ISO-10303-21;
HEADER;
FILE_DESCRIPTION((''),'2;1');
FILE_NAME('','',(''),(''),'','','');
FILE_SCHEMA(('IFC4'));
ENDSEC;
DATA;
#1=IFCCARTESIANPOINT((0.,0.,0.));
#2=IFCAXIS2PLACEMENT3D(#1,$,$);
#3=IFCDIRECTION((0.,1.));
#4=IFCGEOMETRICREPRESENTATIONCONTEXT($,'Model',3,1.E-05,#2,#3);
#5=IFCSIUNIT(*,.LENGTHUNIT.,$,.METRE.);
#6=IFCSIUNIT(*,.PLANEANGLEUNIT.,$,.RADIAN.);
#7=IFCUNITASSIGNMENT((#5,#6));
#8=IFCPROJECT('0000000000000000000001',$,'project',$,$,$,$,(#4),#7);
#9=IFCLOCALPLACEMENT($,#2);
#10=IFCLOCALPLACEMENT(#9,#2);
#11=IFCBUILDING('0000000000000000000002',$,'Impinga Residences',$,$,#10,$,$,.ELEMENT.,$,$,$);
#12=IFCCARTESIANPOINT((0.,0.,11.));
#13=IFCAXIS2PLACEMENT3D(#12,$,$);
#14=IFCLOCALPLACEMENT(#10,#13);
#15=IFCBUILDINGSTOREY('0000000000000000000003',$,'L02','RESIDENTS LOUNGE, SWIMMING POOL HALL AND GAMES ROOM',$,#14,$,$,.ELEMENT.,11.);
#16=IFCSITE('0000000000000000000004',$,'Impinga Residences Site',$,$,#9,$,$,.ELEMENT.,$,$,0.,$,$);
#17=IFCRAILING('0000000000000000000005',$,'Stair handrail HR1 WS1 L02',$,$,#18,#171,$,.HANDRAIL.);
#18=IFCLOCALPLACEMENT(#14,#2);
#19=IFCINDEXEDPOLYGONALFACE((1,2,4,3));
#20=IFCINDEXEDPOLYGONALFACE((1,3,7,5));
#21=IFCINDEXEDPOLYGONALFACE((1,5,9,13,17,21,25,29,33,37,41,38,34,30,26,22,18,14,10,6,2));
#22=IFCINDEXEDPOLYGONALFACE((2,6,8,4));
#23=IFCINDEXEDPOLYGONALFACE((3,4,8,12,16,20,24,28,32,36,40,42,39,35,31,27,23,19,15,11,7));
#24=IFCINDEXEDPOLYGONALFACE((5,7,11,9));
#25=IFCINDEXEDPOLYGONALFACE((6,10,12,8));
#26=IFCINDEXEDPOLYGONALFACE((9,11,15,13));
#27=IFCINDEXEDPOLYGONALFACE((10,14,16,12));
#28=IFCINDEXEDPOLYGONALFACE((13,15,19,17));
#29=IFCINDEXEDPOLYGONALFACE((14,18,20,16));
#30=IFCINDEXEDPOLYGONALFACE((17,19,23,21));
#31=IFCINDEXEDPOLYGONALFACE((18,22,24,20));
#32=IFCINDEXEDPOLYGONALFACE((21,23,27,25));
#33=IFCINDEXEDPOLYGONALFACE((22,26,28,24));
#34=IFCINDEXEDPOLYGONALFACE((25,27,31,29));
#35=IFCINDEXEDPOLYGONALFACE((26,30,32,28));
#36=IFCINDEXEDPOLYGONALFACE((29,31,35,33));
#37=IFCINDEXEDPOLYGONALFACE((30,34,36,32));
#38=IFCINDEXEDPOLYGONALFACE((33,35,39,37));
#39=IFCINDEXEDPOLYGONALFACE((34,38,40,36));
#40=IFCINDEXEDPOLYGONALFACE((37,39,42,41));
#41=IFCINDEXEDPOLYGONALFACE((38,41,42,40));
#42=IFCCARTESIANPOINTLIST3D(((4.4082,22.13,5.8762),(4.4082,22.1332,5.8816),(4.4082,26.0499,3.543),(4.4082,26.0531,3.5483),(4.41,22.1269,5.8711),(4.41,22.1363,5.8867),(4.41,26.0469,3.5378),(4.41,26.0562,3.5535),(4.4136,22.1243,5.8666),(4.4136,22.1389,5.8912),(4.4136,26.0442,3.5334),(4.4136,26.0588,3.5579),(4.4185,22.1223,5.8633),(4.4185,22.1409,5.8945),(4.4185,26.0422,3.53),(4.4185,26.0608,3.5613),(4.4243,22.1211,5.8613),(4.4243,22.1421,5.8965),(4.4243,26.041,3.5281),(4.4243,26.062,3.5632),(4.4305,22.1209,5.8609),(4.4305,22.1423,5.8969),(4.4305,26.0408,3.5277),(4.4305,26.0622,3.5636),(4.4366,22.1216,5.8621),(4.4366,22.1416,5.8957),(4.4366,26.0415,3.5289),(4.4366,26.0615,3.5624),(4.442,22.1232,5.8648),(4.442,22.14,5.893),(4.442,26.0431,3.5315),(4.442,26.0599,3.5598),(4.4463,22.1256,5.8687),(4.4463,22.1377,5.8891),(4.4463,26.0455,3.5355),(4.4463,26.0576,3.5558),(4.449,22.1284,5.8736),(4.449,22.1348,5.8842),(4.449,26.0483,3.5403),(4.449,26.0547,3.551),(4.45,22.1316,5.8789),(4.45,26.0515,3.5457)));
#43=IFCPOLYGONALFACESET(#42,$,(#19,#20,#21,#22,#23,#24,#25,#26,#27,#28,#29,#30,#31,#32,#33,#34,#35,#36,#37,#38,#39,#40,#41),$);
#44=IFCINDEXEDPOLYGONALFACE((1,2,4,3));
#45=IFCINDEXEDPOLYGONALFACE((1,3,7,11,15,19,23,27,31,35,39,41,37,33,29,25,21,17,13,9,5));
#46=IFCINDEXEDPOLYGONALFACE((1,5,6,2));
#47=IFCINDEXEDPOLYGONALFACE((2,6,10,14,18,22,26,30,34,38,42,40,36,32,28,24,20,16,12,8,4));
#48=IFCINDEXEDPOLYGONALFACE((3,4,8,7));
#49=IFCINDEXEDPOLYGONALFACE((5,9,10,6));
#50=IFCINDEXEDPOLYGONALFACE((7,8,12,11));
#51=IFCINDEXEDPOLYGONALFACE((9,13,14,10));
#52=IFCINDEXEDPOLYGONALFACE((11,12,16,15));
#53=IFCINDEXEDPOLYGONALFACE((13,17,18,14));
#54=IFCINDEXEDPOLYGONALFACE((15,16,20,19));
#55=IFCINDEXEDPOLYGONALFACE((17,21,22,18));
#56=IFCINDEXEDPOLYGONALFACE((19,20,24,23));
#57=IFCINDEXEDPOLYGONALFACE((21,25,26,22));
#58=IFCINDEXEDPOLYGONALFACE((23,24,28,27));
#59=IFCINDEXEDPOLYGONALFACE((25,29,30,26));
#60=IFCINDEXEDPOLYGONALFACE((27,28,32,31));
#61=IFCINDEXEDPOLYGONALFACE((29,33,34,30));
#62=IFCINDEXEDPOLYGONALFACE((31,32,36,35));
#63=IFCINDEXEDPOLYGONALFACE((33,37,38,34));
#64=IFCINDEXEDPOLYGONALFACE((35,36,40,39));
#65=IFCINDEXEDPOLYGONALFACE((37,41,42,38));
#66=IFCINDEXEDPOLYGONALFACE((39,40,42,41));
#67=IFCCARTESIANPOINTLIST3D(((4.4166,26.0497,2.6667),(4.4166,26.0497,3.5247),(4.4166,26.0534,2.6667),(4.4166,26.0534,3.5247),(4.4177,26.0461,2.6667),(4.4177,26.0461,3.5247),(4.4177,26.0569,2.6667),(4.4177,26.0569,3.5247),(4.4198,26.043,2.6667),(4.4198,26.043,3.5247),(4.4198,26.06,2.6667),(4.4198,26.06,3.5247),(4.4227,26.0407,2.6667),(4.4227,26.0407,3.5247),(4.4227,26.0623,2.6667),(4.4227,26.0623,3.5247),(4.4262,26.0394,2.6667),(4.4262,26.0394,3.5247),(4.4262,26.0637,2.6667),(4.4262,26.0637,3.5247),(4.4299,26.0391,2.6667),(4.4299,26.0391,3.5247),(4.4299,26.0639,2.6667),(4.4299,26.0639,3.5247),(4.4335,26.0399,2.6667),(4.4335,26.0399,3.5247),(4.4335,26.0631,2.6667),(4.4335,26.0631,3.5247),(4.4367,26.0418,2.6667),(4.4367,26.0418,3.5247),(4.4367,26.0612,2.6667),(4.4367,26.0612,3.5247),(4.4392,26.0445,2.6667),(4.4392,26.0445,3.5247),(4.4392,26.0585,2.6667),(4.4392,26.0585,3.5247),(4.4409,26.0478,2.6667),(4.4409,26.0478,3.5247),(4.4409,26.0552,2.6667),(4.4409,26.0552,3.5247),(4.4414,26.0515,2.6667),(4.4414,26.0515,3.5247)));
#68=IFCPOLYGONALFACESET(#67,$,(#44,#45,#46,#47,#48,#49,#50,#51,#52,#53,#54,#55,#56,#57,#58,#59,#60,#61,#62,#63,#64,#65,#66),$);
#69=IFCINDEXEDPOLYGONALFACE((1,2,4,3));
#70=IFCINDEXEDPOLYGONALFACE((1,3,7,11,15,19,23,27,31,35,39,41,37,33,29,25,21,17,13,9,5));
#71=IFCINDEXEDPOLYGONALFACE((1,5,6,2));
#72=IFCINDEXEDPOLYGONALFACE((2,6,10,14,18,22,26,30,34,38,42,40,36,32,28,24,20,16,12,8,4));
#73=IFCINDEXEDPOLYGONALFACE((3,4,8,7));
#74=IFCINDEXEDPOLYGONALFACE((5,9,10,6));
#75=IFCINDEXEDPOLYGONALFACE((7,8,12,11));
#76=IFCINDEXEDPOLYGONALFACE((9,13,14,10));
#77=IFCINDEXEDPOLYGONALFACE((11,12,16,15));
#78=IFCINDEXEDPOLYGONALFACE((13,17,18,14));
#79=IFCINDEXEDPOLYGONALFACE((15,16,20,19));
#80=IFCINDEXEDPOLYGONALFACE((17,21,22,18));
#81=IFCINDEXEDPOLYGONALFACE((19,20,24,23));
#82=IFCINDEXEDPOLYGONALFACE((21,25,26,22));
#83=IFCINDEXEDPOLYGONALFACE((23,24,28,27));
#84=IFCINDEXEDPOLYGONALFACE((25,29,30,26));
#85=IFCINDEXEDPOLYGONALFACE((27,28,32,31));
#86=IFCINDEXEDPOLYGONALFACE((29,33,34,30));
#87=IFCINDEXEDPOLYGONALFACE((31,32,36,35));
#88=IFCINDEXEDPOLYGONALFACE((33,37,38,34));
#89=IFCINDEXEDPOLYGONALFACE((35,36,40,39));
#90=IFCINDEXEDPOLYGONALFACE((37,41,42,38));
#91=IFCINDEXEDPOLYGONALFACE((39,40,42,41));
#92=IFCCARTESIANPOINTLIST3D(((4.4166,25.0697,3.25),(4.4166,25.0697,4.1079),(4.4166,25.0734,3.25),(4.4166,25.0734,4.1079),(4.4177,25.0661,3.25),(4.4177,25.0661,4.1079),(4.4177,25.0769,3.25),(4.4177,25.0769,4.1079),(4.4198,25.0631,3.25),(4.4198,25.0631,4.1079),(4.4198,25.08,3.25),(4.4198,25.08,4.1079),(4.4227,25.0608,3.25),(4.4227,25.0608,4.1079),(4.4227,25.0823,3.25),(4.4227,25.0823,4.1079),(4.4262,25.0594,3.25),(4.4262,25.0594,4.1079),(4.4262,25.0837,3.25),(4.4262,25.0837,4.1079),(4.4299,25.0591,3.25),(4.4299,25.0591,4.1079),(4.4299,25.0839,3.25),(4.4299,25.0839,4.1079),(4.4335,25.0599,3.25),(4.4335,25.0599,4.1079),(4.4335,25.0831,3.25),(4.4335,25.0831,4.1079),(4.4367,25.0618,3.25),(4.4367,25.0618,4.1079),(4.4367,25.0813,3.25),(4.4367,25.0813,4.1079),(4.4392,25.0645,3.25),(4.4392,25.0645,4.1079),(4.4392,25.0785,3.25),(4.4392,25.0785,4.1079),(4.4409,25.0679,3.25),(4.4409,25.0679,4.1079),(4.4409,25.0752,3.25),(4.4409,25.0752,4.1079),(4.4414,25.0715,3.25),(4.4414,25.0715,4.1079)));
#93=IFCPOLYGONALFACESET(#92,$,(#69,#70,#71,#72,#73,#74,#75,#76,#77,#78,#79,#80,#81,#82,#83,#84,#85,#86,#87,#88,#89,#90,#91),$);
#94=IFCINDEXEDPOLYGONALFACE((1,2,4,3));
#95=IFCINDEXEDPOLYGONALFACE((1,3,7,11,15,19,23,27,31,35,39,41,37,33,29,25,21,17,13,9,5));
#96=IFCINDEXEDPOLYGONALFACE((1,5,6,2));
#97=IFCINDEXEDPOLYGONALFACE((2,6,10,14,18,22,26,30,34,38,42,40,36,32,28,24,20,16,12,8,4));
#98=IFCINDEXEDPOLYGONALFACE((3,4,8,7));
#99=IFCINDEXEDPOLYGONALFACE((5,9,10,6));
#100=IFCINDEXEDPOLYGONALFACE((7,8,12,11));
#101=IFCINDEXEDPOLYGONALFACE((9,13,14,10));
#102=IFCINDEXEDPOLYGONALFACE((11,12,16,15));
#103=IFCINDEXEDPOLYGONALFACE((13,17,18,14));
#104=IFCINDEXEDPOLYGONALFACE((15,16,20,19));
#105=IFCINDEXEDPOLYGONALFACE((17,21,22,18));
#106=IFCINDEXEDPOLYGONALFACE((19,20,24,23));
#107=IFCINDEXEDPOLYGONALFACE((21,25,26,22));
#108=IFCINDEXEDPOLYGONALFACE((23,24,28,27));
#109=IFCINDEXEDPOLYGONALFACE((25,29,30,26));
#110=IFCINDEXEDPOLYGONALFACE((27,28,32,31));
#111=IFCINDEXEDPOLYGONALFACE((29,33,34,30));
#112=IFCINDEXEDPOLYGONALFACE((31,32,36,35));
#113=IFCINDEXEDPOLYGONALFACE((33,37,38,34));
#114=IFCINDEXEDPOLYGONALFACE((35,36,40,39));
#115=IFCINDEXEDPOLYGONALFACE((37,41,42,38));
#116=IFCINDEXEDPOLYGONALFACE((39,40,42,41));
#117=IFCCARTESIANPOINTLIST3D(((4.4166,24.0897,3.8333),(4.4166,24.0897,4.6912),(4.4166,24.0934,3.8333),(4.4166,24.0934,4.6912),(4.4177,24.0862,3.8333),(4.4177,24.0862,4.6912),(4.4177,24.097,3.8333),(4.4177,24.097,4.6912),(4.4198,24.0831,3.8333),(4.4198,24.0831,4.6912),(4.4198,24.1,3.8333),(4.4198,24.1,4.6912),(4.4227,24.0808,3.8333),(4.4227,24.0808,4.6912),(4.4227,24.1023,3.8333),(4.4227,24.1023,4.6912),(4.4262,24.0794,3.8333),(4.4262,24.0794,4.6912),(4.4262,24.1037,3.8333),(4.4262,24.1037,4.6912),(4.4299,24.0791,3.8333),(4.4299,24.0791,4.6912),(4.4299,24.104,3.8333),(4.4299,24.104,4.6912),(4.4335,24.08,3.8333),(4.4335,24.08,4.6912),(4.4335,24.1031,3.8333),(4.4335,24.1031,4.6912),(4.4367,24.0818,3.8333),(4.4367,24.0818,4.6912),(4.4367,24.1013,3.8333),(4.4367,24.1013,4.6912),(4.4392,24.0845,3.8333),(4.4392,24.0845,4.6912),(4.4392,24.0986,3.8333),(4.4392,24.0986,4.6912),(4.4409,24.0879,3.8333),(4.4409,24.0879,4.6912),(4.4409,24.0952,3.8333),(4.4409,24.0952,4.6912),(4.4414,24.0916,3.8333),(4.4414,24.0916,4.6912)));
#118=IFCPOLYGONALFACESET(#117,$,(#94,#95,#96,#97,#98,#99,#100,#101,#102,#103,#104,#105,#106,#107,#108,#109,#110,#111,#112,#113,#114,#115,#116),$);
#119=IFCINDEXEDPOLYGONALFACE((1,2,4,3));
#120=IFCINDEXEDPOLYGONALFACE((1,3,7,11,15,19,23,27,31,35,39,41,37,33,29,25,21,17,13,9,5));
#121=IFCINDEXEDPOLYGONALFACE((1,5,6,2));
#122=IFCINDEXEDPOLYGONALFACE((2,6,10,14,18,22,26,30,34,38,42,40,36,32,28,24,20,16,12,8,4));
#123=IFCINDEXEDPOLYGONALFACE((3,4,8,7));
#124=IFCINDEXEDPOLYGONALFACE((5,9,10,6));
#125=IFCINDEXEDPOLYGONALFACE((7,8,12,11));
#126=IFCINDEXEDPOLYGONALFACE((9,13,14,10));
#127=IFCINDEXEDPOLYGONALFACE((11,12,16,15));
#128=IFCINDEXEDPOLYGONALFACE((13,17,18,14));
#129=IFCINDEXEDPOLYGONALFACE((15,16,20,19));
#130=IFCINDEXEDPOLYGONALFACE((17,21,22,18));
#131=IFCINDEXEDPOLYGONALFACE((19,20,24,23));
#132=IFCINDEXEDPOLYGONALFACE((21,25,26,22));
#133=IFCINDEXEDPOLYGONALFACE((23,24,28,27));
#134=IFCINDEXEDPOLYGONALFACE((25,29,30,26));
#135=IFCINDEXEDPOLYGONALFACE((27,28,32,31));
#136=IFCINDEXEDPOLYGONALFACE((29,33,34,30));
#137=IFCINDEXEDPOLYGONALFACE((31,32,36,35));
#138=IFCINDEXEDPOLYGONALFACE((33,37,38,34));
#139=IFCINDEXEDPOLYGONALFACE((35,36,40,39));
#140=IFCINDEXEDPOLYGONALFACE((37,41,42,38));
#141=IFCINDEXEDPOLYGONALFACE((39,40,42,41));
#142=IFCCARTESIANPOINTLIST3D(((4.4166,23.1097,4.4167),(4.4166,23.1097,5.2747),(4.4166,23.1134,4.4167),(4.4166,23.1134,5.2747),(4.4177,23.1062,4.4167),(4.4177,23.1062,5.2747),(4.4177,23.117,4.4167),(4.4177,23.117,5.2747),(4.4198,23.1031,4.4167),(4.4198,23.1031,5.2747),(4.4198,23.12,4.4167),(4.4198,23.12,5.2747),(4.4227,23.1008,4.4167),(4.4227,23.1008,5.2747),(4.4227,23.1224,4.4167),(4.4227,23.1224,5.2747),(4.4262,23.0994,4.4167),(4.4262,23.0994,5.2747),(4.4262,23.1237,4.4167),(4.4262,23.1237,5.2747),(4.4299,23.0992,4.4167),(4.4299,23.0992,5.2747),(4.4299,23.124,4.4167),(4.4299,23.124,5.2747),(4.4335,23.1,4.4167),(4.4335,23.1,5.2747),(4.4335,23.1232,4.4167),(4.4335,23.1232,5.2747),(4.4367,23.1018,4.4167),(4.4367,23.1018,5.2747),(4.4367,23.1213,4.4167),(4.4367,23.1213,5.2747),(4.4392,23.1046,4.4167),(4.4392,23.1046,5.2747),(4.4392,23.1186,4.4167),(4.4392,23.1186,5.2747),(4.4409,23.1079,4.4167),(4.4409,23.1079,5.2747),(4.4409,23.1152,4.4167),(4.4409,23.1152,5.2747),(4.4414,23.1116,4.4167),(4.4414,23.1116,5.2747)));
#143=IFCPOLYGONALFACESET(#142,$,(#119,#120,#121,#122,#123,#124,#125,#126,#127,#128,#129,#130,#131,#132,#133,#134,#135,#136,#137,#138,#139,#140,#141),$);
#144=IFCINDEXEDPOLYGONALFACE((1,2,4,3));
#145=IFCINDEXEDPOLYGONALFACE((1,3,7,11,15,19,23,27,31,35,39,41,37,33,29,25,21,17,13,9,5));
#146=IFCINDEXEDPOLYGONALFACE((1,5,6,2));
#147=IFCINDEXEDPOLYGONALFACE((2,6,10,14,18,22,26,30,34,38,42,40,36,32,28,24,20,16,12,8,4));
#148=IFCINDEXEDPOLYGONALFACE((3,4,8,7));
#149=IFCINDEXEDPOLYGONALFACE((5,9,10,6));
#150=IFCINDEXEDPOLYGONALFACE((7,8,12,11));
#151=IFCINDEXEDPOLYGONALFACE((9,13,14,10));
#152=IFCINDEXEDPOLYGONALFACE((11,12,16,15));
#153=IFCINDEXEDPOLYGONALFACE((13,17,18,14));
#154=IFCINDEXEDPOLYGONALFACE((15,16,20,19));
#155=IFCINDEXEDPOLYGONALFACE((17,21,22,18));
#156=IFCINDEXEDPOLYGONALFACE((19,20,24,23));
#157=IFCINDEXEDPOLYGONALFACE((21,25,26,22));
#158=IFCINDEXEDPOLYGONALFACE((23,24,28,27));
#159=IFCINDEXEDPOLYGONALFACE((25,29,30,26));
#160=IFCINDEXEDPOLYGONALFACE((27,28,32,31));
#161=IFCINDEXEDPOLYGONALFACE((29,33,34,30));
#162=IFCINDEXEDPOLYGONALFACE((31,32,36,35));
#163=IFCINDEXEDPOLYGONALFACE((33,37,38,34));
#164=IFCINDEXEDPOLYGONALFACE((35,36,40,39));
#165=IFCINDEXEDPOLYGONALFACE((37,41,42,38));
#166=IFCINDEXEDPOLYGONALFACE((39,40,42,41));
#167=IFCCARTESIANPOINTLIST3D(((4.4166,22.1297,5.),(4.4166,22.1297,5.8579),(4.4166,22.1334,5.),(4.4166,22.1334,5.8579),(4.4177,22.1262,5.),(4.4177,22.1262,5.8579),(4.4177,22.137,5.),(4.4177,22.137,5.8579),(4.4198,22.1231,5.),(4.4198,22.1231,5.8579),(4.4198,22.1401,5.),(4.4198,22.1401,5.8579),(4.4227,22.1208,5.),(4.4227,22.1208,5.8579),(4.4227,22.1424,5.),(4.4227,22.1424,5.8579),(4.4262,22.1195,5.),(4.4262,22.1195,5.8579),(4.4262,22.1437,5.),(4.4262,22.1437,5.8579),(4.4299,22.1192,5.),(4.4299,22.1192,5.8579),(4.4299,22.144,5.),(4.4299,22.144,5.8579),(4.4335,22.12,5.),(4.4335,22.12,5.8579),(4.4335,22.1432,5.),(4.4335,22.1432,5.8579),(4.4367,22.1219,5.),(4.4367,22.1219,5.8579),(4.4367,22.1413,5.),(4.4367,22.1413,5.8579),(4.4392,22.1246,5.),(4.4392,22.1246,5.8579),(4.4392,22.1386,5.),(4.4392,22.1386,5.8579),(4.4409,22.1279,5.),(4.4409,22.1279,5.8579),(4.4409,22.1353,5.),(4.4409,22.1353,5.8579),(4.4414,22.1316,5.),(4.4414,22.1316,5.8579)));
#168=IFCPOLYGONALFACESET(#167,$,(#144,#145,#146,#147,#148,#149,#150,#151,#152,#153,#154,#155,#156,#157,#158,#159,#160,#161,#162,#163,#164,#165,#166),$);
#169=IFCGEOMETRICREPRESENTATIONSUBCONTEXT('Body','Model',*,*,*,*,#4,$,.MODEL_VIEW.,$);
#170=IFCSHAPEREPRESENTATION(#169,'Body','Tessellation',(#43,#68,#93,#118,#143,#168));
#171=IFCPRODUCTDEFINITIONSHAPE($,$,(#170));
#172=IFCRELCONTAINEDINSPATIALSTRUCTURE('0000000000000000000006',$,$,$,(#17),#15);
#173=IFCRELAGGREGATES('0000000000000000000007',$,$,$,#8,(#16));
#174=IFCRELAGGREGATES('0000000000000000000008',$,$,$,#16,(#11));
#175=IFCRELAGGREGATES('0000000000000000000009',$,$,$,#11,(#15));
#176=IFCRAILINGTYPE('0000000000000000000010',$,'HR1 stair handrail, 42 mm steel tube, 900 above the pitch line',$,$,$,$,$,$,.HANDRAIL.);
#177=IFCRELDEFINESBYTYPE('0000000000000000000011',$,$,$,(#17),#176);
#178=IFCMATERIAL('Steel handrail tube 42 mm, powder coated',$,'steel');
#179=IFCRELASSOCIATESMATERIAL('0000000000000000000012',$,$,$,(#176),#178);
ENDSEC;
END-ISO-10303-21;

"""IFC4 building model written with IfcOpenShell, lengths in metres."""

from ifc_helpers import new_model, si_unit, direction, frame, origin, origin_2d, place, context, subcontext, project, spatial, circle, extrude, material, type_object, element, save


model = new_model("IFC4")

# Units and contexts
model_context = context("Model", 3, precision=1e-05, world=origin(), true_north=direction((0.0, 1.0)))
body_context = subcontext(model_context, "Body", "Model", "MODEL_VIEW")
ifc_project = project(units=[si_unit("LENGTHUNIT", "METRE"), si_unit("PLANEANGLEUNIT", "RADIAN")], contexts=[model_context])

# Site, building, storey
site_placement = place(None, origin())
site = spatial("IfcSite", under=ifc_project, at=site_placement, Name="Impinga Residences Site", CompositionType="ELEMENT", RefElevation=0.0)
building_placement = place(site_placement, origin())
building = spatial("IfcBuilding", under=site, at=building_placement, Name="Impinga Residences", CompositionType="ELEMENT")
storey_placement = place(building_placement, frame((0.0, 0.0, 11.0)))
storey = spatial("IfcBuildingStorey", under=building, at=storey_placement, Name="L02", Description="RESIDENTS LOUNGE, SWIMMING POOL HALL AND GAMES ROOM", CompositionType="ELEMENT", Elevation=11.0)

# Railing
ifc_material_1 = material(Name="Steel handrail tube 42 mm, powder coated", Category="steel")
railing_type_1 = type_object("IfcRailingType", Name="HR1 stair handrail, 42 mm steel tube, 900 above the pitch line", PredefinedType="HANDRAIL", material=ifc_material_1)
railing_1_placement = place(storey_placement, frame((4.429, 26.0515, 2.6667)))
element("IfcRailing", 1, at=railing_1_placement, inside=storey, type_object=railing_type_1, Name="Stair handrail HR1 WS1 L02", PredefinedType="HANDRAIL", context=body_context, shape_type="SweptSolid", body=[
    extrude(circle(Radius=0.021, at=origin_2d()), frame((0.0, 0.0, 0.8789), z_axis=(0.0, -0.859296, 0.511478), x_axis=(1.0, 0.0, 0.0)), (0.0, 0.0, 1.0), 4.5618),
    extrude(circle(Radius=0.0125, at=origin_2d()), origin(), (0.0, 0.0, 1.0), 0.8579),
    extrude(circle(Radius=0.0125, at=origin_2d()), frame((0.0, -0.98, 0.5833)), (0.0, 0.0, 1.0), 0.8579),
    extrude(circle(Radius=0.0125, at=origin_2d()), frame((0.0, -1.96, 1.1665)), (0.0, 0.0, 1.0), 0.8579),
    extrude(circle(Radius=0.0125, at=origin_2d()), frame((0.0, -2.9399, 1.75)), (0.0, 0.0, 1.0), 0.8579),
    extrude(circle(Radius=0.0125, at=origin_2d()), frame((0.0, -3.9199, 2.3333)), (0.0, 0.0, 1.0), 0.8579),
])

save(model, "model.ifc")
